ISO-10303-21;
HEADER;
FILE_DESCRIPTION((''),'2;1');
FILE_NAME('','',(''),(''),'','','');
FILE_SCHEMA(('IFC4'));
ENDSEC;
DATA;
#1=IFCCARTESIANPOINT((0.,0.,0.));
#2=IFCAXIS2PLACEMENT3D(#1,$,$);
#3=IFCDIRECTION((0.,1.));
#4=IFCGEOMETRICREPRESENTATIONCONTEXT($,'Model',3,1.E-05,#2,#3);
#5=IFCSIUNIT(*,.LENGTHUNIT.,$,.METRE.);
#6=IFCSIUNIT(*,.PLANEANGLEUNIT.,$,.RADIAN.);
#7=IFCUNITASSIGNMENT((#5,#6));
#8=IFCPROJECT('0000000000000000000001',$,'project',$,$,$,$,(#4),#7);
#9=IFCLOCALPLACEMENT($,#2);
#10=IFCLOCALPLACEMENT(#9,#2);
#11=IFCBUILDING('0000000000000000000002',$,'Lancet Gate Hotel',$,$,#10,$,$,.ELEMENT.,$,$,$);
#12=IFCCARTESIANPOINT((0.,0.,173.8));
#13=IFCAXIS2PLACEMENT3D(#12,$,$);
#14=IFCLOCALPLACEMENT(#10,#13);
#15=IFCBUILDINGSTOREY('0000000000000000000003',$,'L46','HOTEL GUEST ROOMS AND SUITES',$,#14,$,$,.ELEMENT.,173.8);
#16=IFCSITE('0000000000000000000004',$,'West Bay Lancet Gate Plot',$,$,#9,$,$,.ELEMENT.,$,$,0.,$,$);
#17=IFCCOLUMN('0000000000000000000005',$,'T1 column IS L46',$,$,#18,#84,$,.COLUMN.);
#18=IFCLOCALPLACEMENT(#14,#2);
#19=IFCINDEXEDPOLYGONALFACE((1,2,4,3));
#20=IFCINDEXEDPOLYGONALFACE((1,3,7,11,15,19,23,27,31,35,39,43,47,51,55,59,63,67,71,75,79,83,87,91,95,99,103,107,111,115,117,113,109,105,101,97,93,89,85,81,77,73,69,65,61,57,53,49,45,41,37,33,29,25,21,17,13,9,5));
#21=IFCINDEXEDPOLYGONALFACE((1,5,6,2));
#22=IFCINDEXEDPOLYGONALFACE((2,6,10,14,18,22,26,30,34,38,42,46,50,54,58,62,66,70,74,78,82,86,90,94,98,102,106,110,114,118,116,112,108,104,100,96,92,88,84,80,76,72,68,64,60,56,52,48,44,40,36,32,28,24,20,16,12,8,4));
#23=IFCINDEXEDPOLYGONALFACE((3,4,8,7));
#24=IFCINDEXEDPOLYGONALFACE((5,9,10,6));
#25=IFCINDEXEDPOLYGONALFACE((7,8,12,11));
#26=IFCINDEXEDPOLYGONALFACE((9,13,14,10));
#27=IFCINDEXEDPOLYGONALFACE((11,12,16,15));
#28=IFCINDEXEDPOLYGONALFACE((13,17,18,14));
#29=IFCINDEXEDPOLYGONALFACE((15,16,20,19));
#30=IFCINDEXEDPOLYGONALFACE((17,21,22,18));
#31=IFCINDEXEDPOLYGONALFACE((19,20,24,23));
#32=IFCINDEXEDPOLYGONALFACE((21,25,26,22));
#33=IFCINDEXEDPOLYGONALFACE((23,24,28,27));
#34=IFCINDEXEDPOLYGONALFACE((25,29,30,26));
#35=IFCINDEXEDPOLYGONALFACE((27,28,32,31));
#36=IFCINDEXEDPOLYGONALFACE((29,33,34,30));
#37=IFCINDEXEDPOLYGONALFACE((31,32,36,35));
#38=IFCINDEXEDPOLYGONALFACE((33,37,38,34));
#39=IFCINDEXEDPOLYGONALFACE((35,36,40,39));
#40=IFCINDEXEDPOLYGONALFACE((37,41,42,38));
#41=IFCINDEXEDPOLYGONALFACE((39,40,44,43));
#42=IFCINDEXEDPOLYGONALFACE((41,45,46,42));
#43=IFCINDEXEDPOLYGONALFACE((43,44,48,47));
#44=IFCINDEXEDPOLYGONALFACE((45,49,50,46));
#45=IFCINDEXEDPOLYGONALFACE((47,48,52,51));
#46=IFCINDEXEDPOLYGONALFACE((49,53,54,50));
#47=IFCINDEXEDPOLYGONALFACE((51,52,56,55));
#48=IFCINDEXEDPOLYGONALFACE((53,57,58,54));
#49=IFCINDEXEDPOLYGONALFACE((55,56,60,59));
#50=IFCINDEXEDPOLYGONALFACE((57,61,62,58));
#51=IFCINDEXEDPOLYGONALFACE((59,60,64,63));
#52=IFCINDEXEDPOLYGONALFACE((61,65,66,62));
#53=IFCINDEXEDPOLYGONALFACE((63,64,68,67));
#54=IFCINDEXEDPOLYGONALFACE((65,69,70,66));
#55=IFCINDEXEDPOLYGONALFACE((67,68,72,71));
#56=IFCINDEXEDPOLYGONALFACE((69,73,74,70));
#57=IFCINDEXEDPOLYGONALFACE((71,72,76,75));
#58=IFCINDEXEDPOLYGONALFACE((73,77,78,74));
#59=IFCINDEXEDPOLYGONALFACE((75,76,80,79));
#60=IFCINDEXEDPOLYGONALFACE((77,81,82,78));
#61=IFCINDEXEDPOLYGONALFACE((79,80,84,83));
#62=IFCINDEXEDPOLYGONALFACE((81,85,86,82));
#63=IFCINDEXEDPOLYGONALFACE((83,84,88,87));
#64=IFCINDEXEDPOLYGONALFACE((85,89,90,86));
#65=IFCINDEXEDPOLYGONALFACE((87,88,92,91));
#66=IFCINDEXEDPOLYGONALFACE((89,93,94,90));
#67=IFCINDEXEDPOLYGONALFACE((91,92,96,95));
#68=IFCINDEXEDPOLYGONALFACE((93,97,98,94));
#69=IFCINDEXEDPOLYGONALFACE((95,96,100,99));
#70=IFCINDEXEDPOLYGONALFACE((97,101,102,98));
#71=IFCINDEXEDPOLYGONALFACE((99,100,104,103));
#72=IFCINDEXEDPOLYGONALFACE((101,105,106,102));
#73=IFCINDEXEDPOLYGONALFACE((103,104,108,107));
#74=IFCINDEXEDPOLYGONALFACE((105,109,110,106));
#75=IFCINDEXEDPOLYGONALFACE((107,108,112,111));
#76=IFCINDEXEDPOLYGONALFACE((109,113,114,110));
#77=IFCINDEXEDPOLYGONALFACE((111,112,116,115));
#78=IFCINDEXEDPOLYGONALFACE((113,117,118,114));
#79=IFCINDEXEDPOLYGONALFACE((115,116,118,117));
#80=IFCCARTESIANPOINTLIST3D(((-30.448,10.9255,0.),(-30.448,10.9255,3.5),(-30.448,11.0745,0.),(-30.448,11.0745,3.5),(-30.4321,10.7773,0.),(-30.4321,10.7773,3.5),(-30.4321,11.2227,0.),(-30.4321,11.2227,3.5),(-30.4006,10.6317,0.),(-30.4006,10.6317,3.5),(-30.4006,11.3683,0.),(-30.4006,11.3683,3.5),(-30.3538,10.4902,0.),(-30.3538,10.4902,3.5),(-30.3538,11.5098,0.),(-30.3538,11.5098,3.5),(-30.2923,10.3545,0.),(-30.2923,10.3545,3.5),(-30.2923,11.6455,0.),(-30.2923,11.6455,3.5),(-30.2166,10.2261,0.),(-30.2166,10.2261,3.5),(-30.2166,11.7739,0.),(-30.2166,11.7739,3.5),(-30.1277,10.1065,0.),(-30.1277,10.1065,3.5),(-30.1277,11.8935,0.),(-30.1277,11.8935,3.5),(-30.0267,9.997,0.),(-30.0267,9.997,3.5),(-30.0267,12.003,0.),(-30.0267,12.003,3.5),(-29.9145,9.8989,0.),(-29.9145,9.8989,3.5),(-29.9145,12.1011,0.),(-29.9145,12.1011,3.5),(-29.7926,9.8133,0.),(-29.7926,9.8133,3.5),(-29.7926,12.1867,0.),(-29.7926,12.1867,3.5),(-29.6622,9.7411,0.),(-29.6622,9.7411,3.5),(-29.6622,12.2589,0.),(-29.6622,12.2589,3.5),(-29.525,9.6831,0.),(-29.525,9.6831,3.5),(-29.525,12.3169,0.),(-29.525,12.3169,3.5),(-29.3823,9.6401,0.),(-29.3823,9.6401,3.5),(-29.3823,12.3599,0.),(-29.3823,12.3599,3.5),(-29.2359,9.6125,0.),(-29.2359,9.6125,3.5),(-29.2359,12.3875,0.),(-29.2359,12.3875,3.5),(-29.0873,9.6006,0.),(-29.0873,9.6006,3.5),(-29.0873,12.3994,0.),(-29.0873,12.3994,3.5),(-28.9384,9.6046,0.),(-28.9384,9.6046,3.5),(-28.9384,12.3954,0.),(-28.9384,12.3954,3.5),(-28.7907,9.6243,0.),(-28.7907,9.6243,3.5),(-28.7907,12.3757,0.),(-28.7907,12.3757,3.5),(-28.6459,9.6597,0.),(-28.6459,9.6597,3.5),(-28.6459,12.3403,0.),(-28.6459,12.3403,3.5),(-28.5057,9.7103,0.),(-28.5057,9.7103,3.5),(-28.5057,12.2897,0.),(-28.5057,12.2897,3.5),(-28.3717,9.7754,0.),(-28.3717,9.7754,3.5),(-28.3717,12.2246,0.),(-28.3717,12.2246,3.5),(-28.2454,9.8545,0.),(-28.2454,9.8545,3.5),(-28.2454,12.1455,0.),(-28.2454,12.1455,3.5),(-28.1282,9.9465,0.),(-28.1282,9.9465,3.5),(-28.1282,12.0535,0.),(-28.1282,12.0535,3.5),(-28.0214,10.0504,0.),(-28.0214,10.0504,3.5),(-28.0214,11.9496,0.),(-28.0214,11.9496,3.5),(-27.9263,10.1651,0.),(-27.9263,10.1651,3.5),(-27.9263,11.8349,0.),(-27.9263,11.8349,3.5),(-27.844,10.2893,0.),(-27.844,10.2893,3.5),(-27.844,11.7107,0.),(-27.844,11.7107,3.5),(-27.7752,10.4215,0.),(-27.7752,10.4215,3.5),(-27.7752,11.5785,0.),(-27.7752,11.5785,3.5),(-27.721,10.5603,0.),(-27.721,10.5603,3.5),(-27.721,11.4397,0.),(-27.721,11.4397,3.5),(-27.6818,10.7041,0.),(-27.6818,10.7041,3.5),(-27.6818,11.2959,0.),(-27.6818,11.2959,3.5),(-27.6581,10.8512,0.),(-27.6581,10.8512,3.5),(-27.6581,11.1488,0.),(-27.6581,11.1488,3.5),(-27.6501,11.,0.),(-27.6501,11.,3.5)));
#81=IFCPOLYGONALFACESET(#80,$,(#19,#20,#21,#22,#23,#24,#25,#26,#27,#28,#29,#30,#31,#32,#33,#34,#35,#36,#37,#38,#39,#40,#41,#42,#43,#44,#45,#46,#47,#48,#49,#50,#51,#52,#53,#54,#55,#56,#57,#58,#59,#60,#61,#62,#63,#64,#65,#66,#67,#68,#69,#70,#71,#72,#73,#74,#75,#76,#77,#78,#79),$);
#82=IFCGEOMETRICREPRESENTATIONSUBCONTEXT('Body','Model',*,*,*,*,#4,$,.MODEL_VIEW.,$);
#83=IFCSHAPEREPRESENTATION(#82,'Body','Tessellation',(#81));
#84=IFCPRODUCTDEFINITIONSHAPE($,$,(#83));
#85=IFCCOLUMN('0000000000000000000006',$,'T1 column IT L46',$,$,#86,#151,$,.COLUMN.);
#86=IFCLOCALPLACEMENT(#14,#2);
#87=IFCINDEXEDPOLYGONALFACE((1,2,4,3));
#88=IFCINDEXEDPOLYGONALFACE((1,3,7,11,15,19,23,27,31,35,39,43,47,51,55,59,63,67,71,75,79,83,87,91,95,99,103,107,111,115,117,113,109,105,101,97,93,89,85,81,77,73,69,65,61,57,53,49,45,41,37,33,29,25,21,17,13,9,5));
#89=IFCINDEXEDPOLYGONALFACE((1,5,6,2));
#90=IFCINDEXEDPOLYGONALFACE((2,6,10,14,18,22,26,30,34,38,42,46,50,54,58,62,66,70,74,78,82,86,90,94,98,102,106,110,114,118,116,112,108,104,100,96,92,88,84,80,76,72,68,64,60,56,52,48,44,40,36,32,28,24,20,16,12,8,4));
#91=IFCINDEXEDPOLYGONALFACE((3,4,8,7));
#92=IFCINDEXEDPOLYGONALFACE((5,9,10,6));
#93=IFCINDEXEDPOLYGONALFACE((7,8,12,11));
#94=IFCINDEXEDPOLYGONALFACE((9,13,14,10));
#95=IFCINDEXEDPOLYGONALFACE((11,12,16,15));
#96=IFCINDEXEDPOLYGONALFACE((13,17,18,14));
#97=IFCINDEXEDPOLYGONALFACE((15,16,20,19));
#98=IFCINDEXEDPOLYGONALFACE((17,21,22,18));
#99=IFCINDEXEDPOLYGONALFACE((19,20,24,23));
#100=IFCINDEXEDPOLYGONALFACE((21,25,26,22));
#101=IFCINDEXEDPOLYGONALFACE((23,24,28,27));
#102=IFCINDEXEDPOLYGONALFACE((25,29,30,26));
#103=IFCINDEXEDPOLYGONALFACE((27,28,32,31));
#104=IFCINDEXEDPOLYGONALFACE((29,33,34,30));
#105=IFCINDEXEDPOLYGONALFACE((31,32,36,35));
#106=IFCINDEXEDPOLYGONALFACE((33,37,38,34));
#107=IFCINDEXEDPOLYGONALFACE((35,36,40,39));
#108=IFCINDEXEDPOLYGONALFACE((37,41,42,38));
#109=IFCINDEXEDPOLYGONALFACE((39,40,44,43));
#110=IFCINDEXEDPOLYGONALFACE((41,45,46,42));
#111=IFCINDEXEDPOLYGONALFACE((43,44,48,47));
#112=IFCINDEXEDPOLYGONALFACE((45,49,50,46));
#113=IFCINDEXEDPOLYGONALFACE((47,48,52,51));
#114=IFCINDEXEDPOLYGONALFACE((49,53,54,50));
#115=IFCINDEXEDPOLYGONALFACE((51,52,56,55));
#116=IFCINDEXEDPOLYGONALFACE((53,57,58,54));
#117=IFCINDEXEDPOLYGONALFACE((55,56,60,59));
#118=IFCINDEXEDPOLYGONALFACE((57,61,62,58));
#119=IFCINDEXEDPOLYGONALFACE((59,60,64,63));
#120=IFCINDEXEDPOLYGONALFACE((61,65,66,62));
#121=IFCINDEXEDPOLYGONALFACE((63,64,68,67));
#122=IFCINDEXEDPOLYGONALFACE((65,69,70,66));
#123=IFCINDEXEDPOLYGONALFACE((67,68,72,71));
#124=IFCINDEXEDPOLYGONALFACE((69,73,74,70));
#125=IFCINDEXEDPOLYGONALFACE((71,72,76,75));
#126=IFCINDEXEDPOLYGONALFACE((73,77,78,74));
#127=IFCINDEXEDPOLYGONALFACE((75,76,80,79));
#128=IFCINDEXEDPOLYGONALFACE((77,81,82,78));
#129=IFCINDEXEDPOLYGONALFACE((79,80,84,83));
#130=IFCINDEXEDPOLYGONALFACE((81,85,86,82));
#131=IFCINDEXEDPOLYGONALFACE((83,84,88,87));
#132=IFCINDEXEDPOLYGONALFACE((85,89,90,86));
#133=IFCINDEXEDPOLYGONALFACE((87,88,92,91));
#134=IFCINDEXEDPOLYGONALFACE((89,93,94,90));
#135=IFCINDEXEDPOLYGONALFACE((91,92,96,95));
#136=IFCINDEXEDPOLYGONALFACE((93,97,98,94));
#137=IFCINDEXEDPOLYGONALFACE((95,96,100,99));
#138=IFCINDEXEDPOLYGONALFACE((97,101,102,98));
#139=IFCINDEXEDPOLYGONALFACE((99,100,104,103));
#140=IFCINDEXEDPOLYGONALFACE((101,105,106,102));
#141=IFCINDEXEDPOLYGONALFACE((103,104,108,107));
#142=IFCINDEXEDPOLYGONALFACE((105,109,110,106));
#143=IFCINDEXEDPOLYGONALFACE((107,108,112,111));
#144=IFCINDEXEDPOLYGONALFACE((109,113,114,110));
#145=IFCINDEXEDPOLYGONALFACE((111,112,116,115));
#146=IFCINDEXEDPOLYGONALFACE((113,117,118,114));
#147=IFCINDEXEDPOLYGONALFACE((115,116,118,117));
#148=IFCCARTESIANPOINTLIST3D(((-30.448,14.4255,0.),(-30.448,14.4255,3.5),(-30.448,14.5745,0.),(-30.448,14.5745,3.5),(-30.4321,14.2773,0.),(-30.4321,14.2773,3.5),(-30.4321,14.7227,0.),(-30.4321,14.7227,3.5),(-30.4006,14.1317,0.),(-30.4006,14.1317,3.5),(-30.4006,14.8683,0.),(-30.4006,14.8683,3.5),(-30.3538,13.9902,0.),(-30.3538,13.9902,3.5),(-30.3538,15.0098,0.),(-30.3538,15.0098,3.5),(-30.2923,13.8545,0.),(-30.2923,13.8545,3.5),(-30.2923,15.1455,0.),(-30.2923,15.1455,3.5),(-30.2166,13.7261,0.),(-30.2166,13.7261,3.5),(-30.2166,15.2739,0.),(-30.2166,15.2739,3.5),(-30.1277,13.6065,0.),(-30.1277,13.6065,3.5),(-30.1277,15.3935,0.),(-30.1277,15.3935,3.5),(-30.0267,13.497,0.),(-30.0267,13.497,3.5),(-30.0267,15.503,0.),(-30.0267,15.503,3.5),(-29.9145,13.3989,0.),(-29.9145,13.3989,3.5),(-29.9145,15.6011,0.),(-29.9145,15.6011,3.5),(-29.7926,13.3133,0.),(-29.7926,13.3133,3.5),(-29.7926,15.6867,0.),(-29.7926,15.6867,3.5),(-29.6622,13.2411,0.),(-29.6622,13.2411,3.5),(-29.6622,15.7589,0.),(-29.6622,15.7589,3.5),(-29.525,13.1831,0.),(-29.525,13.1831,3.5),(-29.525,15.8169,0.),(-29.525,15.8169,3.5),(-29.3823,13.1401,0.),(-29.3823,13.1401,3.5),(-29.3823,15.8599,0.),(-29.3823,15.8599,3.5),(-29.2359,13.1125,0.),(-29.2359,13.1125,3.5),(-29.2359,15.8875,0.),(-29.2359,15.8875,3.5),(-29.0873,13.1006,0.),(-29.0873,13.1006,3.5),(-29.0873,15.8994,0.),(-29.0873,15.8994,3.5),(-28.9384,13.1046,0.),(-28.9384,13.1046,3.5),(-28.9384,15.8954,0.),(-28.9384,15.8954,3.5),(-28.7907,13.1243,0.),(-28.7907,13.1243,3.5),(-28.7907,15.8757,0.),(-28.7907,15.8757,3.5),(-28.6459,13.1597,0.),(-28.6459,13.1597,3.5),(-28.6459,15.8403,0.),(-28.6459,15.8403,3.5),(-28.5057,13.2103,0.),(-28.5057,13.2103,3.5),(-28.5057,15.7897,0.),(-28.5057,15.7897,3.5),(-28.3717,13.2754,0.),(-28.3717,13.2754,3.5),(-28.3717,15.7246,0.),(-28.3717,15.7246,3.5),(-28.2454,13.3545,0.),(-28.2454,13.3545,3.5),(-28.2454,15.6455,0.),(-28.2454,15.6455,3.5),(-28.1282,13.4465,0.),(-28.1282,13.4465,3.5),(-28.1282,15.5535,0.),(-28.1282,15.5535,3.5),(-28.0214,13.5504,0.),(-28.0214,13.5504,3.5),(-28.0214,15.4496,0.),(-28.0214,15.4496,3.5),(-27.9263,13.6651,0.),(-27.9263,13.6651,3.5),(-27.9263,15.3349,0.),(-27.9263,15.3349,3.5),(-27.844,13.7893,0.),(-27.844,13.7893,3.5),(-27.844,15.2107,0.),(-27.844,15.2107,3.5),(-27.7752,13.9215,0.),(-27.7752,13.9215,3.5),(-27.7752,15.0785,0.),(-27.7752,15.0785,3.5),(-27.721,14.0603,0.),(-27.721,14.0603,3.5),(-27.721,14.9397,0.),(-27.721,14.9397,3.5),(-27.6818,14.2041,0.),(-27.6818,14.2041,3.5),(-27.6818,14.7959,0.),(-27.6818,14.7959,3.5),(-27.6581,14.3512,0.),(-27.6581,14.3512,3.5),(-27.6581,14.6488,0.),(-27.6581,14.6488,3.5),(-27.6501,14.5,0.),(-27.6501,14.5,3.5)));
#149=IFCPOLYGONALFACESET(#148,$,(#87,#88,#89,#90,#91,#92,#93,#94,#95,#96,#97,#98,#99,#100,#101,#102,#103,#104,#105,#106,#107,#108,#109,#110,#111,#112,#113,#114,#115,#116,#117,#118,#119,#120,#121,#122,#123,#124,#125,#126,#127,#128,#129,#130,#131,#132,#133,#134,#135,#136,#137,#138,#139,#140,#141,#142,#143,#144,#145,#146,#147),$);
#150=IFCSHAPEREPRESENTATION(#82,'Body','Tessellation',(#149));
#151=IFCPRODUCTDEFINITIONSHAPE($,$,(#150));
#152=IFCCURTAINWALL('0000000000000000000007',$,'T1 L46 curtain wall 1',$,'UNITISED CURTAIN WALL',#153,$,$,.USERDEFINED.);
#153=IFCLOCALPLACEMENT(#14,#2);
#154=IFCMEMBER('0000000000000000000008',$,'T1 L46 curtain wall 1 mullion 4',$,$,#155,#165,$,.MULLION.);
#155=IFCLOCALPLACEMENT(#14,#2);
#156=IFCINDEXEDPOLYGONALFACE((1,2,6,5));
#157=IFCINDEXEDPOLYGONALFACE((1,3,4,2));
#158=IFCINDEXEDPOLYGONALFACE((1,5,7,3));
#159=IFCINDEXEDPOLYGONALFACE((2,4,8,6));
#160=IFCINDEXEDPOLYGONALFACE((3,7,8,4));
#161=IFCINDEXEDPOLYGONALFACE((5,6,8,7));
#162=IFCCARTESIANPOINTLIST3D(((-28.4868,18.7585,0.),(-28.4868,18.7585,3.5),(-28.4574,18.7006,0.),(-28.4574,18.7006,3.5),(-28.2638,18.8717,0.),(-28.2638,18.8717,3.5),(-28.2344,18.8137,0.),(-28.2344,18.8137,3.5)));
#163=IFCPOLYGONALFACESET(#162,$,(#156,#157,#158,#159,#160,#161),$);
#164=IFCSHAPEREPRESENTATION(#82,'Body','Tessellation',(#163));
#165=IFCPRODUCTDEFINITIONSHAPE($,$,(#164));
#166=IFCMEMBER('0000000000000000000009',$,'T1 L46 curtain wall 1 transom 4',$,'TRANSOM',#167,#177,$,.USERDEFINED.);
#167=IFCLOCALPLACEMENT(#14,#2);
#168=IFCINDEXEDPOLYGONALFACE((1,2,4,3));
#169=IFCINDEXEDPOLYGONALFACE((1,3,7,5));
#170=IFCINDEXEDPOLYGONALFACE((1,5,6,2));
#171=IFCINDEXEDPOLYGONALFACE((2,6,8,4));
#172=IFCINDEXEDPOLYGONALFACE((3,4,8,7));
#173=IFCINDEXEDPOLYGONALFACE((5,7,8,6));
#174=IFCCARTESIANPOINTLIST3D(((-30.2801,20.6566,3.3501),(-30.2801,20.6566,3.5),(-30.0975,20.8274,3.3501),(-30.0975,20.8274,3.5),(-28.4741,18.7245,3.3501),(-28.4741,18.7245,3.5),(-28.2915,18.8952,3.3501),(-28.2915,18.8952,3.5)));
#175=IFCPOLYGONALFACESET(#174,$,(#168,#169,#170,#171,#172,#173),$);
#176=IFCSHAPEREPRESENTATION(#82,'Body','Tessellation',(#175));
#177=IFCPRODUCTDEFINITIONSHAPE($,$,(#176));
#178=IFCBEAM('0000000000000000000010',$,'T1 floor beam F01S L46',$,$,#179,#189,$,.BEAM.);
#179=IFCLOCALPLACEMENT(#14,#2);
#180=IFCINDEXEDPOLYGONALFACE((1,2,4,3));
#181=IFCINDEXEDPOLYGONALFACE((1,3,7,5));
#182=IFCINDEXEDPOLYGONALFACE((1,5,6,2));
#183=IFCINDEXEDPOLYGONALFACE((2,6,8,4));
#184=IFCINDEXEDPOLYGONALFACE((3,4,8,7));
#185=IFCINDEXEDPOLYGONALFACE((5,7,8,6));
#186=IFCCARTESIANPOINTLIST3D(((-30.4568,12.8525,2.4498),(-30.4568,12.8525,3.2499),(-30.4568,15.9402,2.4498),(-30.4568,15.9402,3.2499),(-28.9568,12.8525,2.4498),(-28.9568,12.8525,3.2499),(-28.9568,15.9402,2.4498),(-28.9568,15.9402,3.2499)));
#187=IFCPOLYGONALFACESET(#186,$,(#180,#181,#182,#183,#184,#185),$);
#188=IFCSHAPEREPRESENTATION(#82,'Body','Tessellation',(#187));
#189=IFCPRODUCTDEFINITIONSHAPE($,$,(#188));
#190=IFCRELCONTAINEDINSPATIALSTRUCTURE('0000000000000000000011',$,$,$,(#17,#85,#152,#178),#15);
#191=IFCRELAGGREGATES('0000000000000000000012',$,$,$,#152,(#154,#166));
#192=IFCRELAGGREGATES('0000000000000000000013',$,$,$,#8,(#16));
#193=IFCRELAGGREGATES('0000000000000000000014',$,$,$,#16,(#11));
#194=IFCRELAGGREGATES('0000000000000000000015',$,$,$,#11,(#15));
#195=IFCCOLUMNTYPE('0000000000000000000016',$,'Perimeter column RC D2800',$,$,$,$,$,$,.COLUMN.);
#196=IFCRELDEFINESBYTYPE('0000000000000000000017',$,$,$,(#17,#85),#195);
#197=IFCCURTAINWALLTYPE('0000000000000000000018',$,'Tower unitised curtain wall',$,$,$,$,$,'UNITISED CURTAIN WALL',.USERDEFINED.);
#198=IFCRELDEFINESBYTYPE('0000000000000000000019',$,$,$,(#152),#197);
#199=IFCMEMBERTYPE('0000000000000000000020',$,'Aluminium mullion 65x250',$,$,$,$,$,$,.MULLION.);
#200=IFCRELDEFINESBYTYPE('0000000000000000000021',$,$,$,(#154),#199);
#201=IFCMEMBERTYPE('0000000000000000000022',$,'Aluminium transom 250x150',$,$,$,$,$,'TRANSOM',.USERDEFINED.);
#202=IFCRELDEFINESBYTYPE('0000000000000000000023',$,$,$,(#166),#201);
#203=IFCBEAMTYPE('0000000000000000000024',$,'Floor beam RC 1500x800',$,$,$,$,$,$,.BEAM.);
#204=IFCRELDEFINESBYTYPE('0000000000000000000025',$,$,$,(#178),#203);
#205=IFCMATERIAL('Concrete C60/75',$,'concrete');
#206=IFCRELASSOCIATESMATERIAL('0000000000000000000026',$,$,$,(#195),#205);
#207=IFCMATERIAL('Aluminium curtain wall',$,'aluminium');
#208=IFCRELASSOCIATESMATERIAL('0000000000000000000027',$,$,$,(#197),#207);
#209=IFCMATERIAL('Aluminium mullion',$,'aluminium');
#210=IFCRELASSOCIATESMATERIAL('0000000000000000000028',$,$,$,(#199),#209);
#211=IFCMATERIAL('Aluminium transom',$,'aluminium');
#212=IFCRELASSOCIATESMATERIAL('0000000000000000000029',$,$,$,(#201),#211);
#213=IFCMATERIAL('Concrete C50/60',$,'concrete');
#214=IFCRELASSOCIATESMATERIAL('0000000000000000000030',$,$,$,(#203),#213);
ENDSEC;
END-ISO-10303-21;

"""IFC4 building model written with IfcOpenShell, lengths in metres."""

from ifc_helpers import new_model, si_unit, direction, frame, origin, origin_2d, place, context, subcontext, project, spatial, rectangle, circle, extrude, material, material_profile, profile_set, type_object, element, aggregate, save


model = new_model("IFC4")

# Units and contexts
model_context = context("Model", 3, precision=1e-05, world=origin(), true_north=direction((0.0, 1.0)))
body_context = subcontext(model_context, "Body", "Model", "MODEL_VIEW")
ifc_project = project(units=[si_unit("LENGTHUNIT", "METRE"), si_unit("PLANEANGLEUNIT", "RADIAN")], contexts=[model_context])

# Site, building, storey
site_placement = place(None, origin())
site = spatial("IfcSite", under=ifc_project, at=site_placement, Name="West Bay Lancet Gate Plot", CompositionType="ELEMENT", RefElevation=0.0)
building_placement = place(site_placement, origin())
building = spatial("IfcBuilding", under=site, at=building_placement, Name="Lancet Gate Hotel", CompositionType="ELEMENT")
storey_placement = place(building_placement, frame((0.0, 0.0, 173.8)))
storey = spatial("IfcBuildingStorey", under=building, at=storey_placement, Name="L46", Description="HOTEL GUEST ROOMS AND SUITES", CompositionType="ELEMENT", Elevation=173.8)

# Columns
ifc_material_1 = material(Name="Concrete C60/75", Category="concrete")
ifc_material_profile_1 = material_profile(ifc_material_1, circle(Radius=1.3999, at=origin_2d()), Name="RC D2800")
ifc_profile_set_1 = profile_set([ifc_material_profile_1], Name="Concrete C60/75")
column_type = type_object("IfcColumnType", Name="Perimeter column RC D2800", PredefinedType="COLUMN", material=ifc_profile_set_1)
for number, where, z_axis, x_axis, name in (
    (1, (-29.05, 11.0, 0.0), (0.0, 0.0, 1.0), (1.0, 0.0, 0.0), "T1 column IS L46"),
    (2, (-29.05, 14.5, 0.0), (0.0, 0.0, 1.0), (1.0, 0.0, 0.0), "T1 column IT L46"),
):
    element("IfcColumn", number, at=place(storey_placement, frame(where, z_axis=z_axis, x_axis=x_axis)), inside=storey, type_object=column_type, Name=name, PredefinedType="COLUMN", context=body_context, shape_type="SweptSolid", body=[
        extrude(circle(Radius=1.3999, at=origin_2d()), origin(), (0.0, 0.0, 1.0), 3.5),
    ])

# Curtain wall, members
ifc_material_2 = material(Name="Aluminium curtain wall", Category="aluminium")
curtain_wall_type = type_object("IfcCurtainWallType", Name="Tower unitised curtain wall", ElementType="UNITISED CURTAIN WALL", PredefinedType="USERDEFINED", material=ifc_material_2)
curtain_wall_placement = place(storey_placement, origin())
curtain_wall = element("IfcCurtainWall", 3, at=curtain_wall_placement, inside=storey, type_object=curtain_wall_type, Name="T1 L46 curtain wall 1", ObjectType="UNITISED CURTAIN WALL", PredefinedType="USERDEFINED")
ifc_material_3 = material(Name="Aluminium mullion", Category="aluminium")
ifc_material_profile_2 = material_profile(ifc_material_3, rectangle(XDim=0.0649, YDim=0.25, at=origin_2d()), Name="MULLION 65x250")
ifc_profile_set_2 = profile_set([ifc_material_profile_2], Name="Aluminium mullion")
member_type_1 = type_object("IfcMemberType", Name="Aluminium mullion 65x250", PredefinedType="MULLION", material=ifc_profile_set_2)
member_1_placement = place(storey_placement, frame((-28.3606, 18.7861, 0.0), z_axis=(0.0, 0.0, 1.0), x_axis=(-0.452508, 0.891761, 0.0)))
member_1 = element("IfcMember", 4, at=member_1_placement, type_object=member_type_1, Name="T1 L46 curtain wall 1 mullion 4", PredefinedType="MULLION", context=body_context, shape_type="SweptSolid", body=[
    extrude(rectangle(XDim=0.0649, YDim=0.25, at=origin_2d()), origin(), (0.0, 0.0, 1.0), 3.5),
])
ifc_material_4 = material(Name="Aluminium transom", Category="aluminium")
ifc_material_profile_3 = material_profile(ifc_material_4, rectangle(XDim=0.25, YDim=0.1499, at=origin_2d()), Name="TRANSOM 250x150")
ifc_profile_set_3 = profile_set([ifc_material_profile_3], Name="Aluminium transom")
member_type_2 = type_object("IfcMemberType", Name="Aluminium transom 250x150", ElementType="TRANSOM", PredefinedType="USERDEFINED", material=ifc_profile_set_3)
member_2_placement = place(storey_placement, frame((-28.3828, 18.8098, 3.425), z_axis=(-0.682841, 0.730567, 0.0), x_axis=(-0.730567, -0.682841, 0.0)))
member_2 = element("IfcMember", 5, at=member_2_placement, type_object=member_type_2, Name="T1 L46 curtain wall 1 transom 4", ObjectType="TRANSOM", PredefinedType="USERDEFINED", context=body_context, shape_type="SweptSolid", body=[
    extrude(rectangle(XDim=0.25, YDim=0.1499, at=origin_2d()), origin(), (0.0, 0.0, 1.0), 2.6448),
])

# Beam
ifc_material_5 = material(Name="Concrete C50/60", Category="concrete")
ifc_material_profile_4 = material_profile(ifc_material_5, rectangle(XDim=1.5, YDim=0.8, at=origin_2d()), Name="RC 1500x800")
ifc_profile_set_4 = profile_set([ifc_material_profile_4], Name="Concrete C50/60")
beam_type_1 = type_object("IfcBeamType", Name="Floor beam RC 1500x800", PredefinedType="BEAM", material=ifc_profile_set_4)
beam_1_placement = place(storey_placement, frame((-29.7068, 15.9402, 2.8499), z_axis=(0.0, -1.0, 0.0), x_axis=(1.0, 0.0, 0.0)))
element("IfcBeam", 6, at=beam_1_placement, inside=storey, type_object=beam_type_1, Name="T1 floor beam F01S L46", PredefinedType="BEAM", context=body_context, shape_type="SweptSolid", body=[
    extrude(rectangle(XDim=1.5, YDim=0.8, at=origin_2d()), origin(), (0.0, 0.0, 1.0), 3.0876),
])

aggregate(curtain_wall, [member_1, member_2])

save(model, "model.ifc")
